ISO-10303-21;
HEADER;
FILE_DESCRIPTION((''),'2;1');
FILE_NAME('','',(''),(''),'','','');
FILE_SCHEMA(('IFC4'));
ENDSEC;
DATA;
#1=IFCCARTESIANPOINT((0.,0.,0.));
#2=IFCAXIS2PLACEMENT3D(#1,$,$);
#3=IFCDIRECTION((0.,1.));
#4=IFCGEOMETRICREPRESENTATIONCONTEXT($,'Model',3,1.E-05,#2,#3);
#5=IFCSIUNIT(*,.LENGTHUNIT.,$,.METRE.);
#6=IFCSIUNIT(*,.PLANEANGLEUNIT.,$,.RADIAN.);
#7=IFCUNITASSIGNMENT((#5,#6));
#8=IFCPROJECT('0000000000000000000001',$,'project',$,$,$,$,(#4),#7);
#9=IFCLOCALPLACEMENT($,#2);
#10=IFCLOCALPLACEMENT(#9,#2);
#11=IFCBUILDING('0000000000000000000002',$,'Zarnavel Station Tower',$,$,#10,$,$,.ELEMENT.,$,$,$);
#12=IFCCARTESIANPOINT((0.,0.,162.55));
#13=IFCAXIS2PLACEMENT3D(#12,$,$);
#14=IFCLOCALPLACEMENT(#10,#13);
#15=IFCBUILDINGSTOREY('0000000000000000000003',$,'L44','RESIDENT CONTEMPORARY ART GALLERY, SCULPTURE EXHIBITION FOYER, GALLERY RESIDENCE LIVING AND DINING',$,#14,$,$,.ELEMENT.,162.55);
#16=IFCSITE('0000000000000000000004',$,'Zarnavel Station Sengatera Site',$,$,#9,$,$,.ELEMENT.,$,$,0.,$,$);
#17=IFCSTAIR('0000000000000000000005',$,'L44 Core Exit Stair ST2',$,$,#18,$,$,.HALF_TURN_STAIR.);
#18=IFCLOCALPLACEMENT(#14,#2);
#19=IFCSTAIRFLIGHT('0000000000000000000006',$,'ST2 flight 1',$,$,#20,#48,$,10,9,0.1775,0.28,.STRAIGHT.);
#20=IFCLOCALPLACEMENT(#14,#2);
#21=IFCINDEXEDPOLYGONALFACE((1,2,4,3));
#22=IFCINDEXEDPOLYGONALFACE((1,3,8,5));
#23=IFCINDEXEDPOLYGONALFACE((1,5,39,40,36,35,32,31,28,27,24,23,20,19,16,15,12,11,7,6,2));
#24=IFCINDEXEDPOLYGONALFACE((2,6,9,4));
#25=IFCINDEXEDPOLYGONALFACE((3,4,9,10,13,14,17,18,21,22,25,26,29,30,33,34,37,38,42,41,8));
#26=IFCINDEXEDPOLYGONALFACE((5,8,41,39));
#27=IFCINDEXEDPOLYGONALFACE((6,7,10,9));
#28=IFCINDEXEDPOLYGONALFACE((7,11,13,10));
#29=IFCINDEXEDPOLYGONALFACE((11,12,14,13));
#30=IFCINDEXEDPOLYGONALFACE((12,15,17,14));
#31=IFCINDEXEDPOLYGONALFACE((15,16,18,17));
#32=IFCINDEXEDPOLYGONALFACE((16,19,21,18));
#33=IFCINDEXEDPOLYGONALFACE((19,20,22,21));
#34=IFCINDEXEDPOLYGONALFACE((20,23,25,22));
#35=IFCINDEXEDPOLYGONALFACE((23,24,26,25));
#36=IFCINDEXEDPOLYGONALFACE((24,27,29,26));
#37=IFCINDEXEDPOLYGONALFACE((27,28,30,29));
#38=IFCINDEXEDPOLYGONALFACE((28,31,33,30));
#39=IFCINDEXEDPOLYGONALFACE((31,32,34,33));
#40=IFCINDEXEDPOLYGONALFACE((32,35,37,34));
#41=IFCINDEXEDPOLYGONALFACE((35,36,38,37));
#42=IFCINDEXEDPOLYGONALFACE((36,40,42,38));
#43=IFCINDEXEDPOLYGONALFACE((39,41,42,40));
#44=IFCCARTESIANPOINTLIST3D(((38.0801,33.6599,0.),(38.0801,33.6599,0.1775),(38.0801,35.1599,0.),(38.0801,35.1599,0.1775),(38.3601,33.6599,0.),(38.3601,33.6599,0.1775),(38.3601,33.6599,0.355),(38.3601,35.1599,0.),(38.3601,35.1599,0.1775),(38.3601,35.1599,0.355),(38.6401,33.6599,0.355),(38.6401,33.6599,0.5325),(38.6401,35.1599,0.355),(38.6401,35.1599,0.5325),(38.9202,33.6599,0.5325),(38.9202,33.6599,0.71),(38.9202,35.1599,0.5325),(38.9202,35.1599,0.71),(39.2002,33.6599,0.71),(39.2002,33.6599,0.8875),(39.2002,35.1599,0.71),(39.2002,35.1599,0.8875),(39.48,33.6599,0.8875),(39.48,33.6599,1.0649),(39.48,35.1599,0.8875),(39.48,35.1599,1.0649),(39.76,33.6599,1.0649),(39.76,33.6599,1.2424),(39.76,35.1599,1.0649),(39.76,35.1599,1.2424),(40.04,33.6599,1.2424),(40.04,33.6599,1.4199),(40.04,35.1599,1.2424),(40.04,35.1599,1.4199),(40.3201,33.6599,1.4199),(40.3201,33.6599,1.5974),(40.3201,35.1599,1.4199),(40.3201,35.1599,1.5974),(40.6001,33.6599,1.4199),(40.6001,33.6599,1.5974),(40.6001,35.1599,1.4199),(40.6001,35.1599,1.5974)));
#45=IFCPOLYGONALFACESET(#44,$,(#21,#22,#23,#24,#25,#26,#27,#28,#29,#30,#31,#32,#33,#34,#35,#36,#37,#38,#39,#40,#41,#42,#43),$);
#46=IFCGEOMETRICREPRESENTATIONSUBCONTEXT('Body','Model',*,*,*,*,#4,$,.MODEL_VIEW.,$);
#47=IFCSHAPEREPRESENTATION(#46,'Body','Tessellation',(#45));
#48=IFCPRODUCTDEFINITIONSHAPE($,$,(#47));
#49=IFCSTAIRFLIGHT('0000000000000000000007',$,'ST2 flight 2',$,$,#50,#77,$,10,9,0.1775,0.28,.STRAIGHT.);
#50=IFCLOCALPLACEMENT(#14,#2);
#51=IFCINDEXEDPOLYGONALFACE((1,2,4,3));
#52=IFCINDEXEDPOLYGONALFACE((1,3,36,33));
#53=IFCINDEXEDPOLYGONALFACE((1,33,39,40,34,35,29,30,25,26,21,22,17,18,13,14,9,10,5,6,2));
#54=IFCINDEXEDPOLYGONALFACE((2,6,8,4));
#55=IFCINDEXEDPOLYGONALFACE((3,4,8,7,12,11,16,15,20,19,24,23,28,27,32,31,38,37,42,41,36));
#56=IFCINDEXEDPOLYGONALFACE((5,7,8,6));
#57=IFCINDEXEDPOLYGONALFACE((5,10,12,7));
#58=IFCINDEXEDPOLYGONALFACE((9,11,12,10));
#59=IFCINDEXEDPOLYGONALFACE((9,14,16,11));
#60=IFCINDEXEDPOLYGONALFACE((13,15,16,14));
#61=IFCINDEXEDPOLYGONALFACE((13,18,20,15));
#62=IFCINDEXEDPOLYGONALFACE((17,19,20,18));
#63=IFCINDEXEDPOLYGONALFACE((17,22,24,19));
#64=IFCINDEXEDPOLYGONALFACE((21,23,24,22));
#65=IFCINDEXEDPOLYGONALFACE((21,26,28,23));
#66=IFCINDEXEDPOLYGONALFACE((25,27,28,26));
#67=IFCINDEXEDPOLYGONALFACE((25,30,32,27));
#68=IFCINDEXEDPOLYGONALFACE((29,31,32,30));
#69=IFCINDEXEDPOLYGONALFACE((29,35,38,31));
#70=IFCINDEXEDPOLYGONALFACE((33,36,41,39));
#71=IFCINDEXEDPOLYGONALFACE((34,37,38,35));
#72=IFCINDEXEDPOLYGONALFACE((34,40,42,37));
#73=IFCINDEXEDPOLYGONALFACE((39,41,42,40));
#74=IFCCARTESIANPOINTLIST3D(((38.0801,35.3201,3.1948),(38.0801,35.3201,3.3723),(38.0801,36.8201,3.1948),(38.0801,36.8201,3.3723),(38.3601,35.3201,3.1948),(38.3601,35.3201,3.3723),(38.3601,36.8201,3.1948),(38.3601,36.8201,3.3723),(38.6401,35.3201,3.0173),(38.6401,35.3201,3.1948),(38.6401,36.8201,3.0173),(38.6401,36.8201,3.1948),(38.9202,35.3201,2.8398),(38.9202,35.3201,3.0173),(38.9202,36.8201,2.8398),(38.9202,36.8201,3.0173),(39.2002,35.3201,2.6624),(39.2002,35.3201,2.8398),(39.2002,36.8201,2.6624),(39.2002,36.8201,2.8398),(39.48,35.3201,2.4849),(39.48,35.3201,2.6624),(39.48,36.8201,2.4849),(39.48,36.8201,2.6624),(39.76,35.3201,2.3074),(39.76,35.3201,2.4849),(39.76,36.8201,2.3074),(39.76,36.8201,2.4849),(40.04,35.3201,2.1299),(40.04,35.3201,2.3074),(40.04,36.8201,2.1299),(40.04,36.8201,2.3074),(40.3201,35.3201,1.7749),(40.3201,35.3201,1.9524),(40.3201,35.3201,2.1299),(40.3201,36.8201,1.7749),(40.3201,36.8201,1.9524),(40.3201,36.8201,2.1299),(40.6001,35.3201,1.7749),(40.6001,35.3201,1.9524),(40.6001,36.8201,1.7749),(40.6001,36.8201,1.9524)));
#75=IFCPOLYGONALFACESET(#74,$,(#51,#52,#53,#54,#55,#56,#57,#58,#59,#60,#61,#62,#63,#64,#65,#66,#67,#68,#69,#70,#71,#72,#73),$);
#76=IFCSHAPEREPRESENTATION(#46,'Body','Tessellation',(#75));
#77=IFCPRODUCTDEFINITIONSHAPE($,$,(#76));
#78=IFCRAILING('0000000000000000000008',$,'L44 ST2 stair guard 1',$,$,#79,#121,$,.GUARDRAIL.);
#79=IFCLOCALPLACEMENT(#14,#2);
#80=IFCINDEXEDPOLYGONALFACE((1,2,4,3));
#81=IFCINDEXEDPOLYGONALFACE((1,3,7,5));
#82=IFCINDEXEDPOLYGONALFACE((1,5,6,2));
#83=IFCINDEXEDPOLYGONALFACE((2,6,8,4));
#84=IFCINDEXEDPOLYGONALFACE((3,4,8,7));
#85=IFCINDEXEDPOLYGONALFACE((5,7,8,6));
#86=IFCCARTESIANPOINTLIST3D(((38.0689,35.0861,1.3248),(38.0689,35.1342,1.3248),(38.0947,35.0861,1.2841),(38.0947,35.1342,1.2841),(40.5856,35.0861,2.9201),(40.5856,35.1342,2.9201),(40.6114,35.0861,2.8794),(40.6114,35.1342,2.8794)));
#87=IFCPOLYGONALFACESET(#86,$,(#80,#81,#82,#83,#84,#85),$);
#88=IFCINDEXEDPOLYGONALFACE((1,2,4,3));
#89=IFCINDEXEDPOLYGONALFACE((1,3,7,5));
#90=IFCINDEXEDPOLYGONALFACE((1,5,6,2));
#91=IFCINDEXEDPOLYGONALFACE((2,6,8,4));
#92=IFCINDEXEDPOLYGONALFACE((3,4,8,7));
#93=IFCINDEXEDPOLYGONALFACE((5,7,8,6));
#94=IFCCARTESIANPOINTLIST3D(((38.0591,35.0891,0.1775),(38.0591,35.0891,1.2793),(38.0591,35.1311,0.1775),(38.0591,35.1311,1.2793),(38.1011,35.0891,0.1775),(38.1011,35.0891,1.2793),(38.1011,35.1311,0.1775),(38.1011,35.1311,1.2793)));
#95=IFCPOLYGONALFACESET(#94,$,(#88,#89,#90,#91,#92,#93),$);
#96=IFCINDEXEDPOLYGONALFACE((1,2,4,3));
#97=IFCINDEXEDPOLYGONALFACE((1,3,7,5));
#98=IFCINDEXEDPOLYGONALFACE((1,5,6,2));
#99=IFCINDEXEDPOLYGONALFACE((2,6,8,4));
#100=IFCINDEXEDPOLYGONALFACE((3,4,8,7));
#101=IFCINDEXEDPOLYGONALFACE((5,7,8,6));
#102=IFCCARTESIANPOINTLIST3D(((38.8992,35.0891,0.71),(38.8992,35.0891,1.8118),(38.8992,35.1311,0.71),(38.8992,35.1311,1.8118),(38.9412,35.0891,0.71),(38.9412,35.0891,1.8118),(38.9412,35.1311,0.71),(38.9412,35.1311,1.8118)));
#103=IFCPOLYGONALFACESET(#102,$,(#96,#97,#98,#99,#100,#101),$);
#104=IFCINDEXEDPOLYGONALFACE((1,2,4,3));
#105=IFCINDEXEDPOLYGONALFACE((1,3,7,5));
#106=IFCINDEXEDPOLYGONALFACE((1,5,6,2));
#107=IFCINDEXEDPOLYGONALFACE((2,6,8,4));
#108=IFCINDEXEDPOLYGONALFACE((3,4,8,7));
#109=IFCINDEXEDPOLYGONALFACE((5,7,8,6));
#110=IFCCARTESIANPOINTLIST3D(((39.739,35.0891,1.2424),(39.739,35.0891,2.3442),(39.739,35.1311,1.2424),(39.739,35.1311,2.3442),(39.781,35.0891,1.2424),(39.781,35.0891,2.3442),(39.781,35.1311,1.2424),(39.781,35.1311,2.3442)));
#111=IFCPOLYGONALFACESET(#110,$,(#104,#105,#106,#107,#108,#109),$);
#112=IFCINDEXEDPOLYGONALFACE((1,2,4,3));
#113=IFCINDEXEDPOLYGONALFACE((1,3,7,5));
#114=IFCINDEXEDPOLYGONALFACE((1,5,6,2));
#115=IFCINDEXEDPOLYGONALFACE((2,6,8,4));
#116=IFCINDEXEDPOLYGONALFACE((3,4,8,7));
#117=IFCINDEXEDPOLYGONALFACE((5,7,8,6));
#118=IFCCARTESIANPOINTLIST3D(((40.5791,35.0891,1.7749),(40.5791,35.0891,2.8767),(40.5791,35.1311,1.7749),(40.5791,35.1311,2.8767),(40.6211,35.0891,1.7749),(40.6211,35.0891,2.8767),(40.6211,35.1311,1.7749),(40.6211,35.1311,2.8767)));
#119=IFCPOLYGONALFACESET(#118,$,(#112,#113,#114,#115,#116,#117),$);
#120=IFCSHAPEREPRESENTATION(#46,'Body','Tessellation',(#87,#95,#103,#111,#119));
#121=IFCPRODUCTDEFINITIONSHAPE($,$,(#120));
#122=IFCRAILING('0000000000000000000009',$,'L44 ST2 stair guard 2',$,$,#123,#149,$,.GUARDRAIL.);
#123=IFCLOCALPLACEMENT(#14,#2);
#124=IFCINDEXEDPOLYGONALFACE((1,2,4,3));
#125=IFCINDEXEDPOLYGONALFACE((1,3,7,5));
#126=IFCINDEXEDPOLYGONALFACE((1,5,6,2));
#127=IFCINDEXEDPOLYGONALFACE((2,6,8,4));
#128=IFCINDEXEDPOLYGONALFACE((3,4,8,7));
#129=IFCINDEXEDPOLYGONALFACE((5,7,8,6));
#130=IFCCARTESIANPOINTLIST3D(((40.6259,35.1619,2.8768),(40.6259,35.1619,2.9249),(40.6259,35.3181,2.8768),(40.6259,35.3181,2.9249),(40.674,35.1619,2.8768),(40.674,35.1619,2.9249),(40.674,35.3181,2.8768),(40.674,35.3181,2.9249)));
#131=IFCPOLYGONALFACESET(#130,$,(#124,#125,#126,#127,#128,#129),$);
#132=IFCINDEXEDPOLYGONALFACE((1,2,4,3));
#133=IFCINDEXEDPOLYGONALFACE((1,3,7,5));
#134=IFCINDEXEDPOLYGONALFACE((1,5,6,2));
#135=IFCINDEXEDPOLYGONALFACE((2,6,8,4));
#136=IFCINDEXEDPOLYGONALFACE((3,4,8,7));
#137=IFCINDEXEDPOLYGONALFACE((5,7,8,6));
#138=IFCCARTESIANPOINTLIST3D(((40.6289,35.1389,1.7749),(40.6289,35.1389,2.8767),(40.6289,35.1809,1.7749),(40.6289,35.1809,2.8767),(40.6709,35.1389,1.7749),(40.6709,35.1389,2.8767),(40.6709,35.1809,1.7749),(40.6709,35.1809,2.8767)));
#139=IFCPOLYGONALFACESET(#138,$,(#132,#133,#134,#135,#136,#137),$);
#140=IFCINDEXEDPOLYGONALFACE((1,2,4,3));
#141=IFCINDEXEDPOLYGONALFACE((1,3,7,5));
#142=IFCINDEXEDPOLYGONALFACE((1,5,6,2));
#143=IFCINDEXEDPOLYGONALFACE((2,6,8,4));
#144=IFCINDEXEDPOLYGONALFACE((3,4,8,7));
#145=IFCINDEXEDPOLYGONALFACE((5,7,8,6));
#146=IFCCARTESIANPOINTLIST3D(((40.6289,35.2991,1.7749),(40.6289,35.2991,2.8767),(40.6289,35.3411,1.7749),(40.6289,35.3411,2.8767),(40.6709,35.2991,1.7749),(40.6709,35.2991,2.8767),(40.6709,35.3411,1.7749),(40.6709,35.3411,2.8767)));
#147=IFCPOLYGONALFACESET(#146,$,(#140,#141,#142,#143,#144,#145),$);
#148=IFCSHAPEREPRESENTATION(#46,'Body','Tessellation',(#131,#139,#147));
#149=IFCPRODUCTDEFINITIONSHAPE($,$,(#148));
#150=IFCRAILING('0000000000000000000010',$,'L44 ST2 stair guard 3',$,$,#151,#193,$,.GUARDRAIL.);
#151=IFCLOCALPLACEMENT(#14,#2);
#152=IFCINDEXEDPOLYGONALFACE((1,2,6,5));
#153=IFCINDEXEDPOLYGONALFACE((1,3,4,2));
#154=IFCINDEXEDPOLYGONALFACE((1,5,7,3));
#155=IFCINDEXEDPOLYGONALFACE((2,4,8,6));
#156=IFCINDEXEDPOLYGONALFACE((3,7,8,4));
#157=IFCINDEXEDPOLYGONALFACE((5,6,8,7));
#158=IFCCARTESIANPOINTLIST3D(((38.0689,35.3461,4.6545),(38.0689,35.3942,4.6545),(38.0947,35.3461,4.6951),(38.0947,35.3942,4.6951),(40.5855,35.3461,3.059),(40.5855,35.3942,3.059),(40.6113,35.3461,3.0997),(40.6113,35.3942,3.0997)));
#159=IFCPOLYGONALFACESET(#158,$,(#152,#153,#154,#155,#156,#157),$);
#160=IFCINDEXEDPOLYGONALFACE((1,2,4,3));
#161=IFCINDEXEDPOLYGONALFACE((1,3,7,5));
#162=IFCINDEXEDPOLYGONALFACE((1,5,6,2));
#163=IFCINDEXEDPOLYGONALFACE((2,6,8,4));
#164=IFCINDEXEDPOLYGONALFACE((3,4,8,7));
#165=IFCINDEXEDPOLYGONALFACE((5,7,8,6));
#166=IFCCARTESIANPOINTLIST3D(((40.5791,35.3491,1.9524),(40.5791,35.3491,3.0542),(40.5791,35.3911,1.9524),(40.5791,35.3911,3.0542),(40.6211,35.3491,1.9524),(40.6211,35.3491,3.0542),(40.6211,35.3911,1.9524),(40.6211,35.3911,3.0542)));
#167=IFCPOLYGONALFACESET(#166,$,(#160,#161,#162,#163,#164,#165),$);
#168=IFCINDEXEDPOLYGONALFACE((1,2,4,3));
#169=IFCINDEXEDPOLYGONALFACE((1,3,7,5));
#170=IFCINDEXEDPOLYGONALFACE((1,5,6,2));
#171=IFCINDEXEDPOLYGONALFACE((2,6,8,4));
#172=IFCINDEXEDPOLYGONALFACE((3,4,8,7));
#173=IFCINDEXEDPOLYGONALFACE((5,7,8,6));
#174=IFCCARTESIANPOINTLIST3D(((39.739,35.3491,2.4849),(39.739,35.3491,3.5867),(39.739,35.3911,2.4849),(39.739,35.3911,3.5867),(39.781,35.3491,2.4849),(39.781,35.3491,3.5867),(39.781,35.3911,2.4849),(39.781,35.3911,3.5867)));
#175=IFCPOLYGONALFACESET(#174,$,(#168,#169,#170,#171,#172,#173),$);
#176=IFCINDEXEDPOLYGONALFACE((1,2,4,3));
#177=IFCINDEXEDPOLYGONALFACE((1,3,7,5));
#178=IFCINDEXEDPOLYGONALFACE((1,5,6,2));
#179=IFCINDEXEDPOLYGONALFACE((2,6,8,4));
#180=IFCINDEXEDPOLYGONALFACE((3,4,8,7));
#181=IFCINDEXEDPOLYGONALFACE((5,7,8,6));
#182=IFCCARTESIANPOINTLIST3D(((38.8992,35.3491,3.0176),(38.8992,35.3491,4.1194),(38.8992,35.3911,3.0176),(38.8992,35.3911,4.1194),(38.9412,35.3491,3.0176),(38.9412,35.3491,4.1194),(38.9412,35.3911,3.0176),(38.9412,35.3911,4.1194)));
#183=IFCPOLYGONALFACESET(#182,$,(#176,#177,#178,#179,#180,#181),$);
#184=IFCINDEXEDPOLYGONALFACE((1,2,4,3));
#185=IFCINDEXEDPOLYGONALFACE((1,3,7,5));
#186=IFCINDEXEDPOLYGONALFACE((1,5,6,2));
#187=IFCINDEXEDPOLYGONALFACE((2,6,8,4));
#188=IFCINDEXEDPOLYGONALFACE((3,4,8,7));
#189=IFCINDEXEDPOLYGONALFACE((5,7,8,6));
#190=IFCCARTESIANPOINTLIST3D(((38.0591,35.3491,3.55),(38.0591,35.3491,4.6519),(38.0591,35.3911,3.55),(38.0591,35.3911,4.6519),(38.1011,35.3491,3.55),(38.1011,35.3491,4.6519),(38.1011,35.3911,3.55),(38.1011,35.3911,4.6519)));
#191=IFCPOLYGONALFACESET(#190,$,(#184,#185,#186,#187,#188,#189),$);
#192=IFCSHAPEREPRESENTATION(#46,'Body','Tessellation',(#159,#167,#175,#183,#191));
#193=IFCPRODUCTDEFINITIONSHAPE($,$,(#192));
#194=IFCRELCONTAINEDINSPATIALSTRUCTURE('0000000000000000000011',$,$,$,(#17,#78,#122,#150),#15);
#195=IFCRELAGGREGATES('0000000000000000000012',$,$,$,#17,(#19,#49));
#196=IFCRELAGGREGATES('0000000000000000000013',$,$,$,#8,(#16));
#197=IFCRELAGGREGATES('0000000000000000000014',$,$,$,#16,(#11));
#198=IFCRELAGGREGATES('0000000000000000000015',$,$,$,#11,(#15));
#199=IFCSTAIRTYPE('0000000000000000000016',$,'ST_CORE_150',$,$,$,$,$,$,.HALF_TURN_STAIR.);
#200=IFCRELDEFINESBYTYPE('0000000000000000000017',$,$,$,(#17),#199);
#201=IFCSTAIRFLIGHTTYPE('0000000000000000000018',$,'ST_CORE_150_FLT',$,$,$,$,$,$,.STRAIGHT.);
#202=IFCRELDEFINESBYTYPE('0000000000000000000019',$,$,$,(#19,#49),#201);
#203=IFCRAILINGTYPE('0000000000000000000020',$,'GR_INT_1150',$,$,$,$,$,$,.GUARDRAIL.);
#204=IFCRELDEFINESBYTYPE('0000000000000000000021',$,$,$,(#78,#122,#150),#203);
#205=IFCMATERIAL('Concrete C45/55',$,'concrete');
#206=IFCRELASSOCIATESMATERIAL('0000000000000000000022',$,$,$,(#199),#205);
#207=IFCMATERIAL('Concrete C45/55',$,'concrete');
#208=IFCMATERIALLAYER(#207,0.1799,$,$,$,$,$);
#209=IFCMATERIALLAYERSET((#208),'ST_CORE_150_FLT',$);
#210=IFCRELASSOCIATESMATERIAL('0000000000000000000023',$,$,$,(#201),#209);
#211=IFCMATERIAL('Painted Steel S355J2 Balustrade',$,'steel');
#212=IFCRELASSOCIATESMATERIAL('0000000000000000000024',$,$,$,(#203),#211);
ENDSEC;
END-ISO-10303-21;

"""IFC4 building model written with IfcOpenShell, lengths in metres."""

from ifc_helpers import new_model, si_unit, direction, frame, origin, origin_2d, place, context, subcontext, project, spatial, polyline, rectangle, outline, extrude, material, layer, layer_set, type_object, element, aggregate, save


model = new_model("IFC4")

# Units and contexts
model_context = context("Model", 3, precision=1e-05, world=origin(), true_north=direction((0.0, 1.0)))
body_context = subcontext(model_context, "Body", "Model", "MODEL_VIEW")
ifc_project = project(units=[si_unit("LENGTHUNIT", "METRE"), si_unit("PLANEANGLEUNIT", "RADIAN")], contexts=[model_context])

# Site, building, storey
site_placement = place(None, origin())
site = spatial("IfcSite", under=ifc_project, at=site_placement, Name="Zarnavel Station Sengatera Site", CompositionType="ELEMENT", RefElevation=0.0)
building_placement = place(site_placement, origin())
building = spatial("IfcBuilding", under=site, at=building_placement, Name="Zarnavel Station Tower", CompositionType="ELEMENT")
storey_placement = place(building_placement, frame((0.0, 0.0, 162.55)))
storey = spatial("IfcBuildingStorey", under=building, at=storey_placement, Name="L44", Description="RESIDENT CONTEMPORARY ART GALLERY, SCULPTURE EXHIBITION FOYER, GALLERY RESIDENCE LIVING AND DINING", CompositionType="ELEMENT", Elevation=162.55)

# Stair, stair flights
ifc_material_1 = material(Name="Concrete C45/55", Category="concrete")
stair_type = type_object("IfcStairType", Name="ST_CORE_150", PredefinedType="HALF_TURN_STAIR", material=ifc_material_1)
stair_placement = place(storey_placement, origin())
stair = element("IfcStair", 1, at=stair_placement, inside=storey, type_object=stair_type, Name="L44 Core Exit Stair ST2", PredefinedType="HALF_TURN_STAIR")
ifc_material_2 = material(Name="Concrete C45/55", Category="concrete")
ifc_layer_1 = layer(ifc_material_2, 0.1799)
ifc_layer_set_1 = layer_set([ifc_layer_1], Name="ST_CORE_150_FLT")
stair_flight_type = type_object("IfcStairFlightType", Name="ST_CORE_150_FLT", PredefinedType="STRAIGHT", material=ifc_layer_set_1)
stair_flight_1_placement = place(storey_placement, frame((38.0801, 34.4099, 0.0), z_axis=(0.0, 0.0, 1.0), x_axis=(1.0, 0.0, 0.0)))
stair_flight_1 = element("IfcStairFlight", 2, at=stair_flight_1_placement, type_object=stair_flight_type, Name="ST2 flight 1", NumberOfRisers=10, NumberOfTreads=9, PredefinedType="STRAIGHT", RiserHeight=0.1775, TreadLength=0.28, context=body_context, shape_type="SweptSolid", body=[
    extrude(outline(polyline([(0.0, 0.0), (0.0, 0.1775), (0.28, 0.1775), (0.28, 0.355), (0.5601, 0.355), (0.5601, 0.5325), (0.8401, 0.5325), (0.8401, 0.71), (1.1201, 0.71), (1.1201, 0.8875), (1.3999, 0.8875), (1.3999, 1.0649), (1.6799, 1.0649), (1.6799, 1.2424), (1.96, 1.2424), (1.96, 1.4199), (2.24, 1.4199), (2.24, 1.5974), (2.52, 1.5974), (2.52, 1.7749), (2.52, 1.4199), (0.28, 0.0), (0.0, 0.0)])), frame((0.0, 0.75, 0.0), z_axis=(0.0, -1.0, 0.0), x_axis=(1.0, 0.0, 0.0)), (0.0, 0.0, 1.0), 1.5),
])
stair_flight_2_placement = place(storey_placement, frame((40.6001, 36.0701, 1.7749), z_axis=(0.0, 0.0, 1.0), x_axis=(-1.0, 0.0, 0.0)))
stair_flight_2 = element("IfcStairFlight", 3, at=stair_flight_2_placement, type_object=stair_flight_type, Name="ST2 flight 2", NumberOfRisers=10, NumberOfTreads=9, PredefinedType="STRAIGHT", RiserHeight=0.1775, TreadLength=0.28, context=body_context, shape_type="SweptSolid", body=[
    extrude(outline(polyline([(0.0, 0.0), (0.0, 0.1775), (0.28, 0.1775), (0.28, 0.355), (0.5601, 0.355), (0.5601, 0.5325), (0.8401, 0.5325), (0.8401, 0.71), (1.1201, 0.71), (1.1201, 0.8875), (1.3999, 0.8875), (1.3999, 1.0649), (1.6799, 1.0649), (1.6799, 1.2424), (1.96, 1.2424), (1.96, 1.4199), (2.24, 1.4199), (2.24, 1.5974), (2.52, 1.5974), (2.52, 1.7749), (2.52, 1.4199), (0.28, 0.0), (0.0, 0.0)])), frame((0.0, 0.75, 0.0), z_axis=(0.0, -1.0, 0.0), x_axis=(1.0, 0.0, 0.0)), (0.0, 0.0, 1.0), 1.5),
])
aggregate(stair, [stair_flight_1, stair_flight_2])

# Railings
ifc_material_3 = material(Name="Painted Steel S355J2 Balustrade", Category="steel")
railing_type_1 = type_object("IfcRailingType", Name="GR_INT_1150", PredefinedType="GUARDRAIL", material=ifc_material_3)
railing_1_placement = place(storey_placement, frame((38.0801, 35.1101, 0.1775)))
element("IfcRailing", 4, at=railing_1_placement, inside=storey, type_object=railing_type_1, Name="L44 ST2 stair guard 1", PredefinedType="GUARDRAIL", context=body_context, shape_type="SweptSolid", body=[
    extrude(rectangle(XDim=0.0481, YDim=0.0481, at=origin_2d()), frame((0.0017, 0.0, 1.127), z_axis=(0.844607, 0.0, 0.535387), x_axis=(0.0, 1.0, 0.0)), (0.0, 0.0, 1.0), 2.9797),
    extrude(rectangle(XDim=0.042, YDim=0.042, at=origin_2d()), origin(), (0.0, 0.0, 1.0), 1.1018),
    extrude(rectangle(XDim=0.042, YDim=0.042, at=origin_2d()), frame((0.8401, 0.0, 0.5325)), (0.0, 0.0, 1.0), 1.1018),
    extrude(rectangle(XDim=0.042, YDim=0.042, at=origin_2d()), frame((1.6799, 0.0, 1.0649)), (0.0, 0.0, 1.0), 1.1018),
    extrude(rectangle(XDim=0.042, YDim=0.042, at=origin_2d()), frame((2.52, 0.0, 1.5974)), (0.0, 0.0, 1.0), 1.1018),
])
railing_2_placement = place(storey_placement, frame((40.6499, 35.1599, 1.7749)))
element("IfcRailing", 5, at=railing_2_placement, inside=storey, type_object=railing_type_1, Name="L44 ST2 stair guard 2", PredefinedType="GUARDRAIL", context=body_context, shape_type="SweptSolid", body=[
    extrude(rectangle(XDim=0.0481, YDim=0.0481, at=origin_2d()), frame((0.0, 0.002, 1.126), z_axis=(0.0, 1.0, 0.0), x_axis=(-1.0, 0.0, 0.0)), (0.0, 0.0, 1.0), 0.1562),
    extrude(rectangle(XDim=0.042, YDim=0.042, at=origin_2d()), origin(), (0.0, 0.0, 1.0), 1.1018),
    extrude(rectangle(XDim=0.042, YDim=0.042, at=origin_2d()), frame((0.0, 0.1602, 0.0)), (0.0, 0.0, 1.0), 1.1018),
])
railing_3_placement = place(storey_placement, frame((40.6001, 35.3701, 1.9524)))
element("IfcRailing", 6, at=railing_3_placement, inside=storey, type_object=railing_type_1, Name="L44 ST2 stair guard 3", PredefinedType="GUARDRAIL", context=body_context, shape_type="SweptSolid", body=[
    extrude(rectangle(XDim=0.0481, YDim=0.0481, at=origin_2d()), frame((-0.0017, 0.0, 1.127), z_axis=(-0.84457, 0.0, 0.535445), x_axis=(0.0, -1.0, 0.0)), (0.0, 0.0, 1.0), 2.9797),
    extrude(rectangle(XDim=0.042, YDim=0.042, at=origin_2d()), origin(), (0.0, 0.0, 1.0), 1.1018),
    extrude(rectangle(XDim=0.042, YDim=0.042, at=origin_2d()), frame((-0.8401, 0.0, 0.5325)), (0.0, 0.0, 1.0), 1.1018),
    extrude(rectangle(XDim=0.042, YDim=0.042, at=origin_2d()), frame((-1.6799, 0.0, 1.0652)), (0.0, 0.0, 1.0), 1.1018),
    extrude(rectangle(XDim=0.042, YDim=0.042, at=origin_2d()), frame((-2.52, 0.0, 1.5977)), (0.0, 0.0, 1.0), 1.1018),
])

save(model, "model.ifc")
